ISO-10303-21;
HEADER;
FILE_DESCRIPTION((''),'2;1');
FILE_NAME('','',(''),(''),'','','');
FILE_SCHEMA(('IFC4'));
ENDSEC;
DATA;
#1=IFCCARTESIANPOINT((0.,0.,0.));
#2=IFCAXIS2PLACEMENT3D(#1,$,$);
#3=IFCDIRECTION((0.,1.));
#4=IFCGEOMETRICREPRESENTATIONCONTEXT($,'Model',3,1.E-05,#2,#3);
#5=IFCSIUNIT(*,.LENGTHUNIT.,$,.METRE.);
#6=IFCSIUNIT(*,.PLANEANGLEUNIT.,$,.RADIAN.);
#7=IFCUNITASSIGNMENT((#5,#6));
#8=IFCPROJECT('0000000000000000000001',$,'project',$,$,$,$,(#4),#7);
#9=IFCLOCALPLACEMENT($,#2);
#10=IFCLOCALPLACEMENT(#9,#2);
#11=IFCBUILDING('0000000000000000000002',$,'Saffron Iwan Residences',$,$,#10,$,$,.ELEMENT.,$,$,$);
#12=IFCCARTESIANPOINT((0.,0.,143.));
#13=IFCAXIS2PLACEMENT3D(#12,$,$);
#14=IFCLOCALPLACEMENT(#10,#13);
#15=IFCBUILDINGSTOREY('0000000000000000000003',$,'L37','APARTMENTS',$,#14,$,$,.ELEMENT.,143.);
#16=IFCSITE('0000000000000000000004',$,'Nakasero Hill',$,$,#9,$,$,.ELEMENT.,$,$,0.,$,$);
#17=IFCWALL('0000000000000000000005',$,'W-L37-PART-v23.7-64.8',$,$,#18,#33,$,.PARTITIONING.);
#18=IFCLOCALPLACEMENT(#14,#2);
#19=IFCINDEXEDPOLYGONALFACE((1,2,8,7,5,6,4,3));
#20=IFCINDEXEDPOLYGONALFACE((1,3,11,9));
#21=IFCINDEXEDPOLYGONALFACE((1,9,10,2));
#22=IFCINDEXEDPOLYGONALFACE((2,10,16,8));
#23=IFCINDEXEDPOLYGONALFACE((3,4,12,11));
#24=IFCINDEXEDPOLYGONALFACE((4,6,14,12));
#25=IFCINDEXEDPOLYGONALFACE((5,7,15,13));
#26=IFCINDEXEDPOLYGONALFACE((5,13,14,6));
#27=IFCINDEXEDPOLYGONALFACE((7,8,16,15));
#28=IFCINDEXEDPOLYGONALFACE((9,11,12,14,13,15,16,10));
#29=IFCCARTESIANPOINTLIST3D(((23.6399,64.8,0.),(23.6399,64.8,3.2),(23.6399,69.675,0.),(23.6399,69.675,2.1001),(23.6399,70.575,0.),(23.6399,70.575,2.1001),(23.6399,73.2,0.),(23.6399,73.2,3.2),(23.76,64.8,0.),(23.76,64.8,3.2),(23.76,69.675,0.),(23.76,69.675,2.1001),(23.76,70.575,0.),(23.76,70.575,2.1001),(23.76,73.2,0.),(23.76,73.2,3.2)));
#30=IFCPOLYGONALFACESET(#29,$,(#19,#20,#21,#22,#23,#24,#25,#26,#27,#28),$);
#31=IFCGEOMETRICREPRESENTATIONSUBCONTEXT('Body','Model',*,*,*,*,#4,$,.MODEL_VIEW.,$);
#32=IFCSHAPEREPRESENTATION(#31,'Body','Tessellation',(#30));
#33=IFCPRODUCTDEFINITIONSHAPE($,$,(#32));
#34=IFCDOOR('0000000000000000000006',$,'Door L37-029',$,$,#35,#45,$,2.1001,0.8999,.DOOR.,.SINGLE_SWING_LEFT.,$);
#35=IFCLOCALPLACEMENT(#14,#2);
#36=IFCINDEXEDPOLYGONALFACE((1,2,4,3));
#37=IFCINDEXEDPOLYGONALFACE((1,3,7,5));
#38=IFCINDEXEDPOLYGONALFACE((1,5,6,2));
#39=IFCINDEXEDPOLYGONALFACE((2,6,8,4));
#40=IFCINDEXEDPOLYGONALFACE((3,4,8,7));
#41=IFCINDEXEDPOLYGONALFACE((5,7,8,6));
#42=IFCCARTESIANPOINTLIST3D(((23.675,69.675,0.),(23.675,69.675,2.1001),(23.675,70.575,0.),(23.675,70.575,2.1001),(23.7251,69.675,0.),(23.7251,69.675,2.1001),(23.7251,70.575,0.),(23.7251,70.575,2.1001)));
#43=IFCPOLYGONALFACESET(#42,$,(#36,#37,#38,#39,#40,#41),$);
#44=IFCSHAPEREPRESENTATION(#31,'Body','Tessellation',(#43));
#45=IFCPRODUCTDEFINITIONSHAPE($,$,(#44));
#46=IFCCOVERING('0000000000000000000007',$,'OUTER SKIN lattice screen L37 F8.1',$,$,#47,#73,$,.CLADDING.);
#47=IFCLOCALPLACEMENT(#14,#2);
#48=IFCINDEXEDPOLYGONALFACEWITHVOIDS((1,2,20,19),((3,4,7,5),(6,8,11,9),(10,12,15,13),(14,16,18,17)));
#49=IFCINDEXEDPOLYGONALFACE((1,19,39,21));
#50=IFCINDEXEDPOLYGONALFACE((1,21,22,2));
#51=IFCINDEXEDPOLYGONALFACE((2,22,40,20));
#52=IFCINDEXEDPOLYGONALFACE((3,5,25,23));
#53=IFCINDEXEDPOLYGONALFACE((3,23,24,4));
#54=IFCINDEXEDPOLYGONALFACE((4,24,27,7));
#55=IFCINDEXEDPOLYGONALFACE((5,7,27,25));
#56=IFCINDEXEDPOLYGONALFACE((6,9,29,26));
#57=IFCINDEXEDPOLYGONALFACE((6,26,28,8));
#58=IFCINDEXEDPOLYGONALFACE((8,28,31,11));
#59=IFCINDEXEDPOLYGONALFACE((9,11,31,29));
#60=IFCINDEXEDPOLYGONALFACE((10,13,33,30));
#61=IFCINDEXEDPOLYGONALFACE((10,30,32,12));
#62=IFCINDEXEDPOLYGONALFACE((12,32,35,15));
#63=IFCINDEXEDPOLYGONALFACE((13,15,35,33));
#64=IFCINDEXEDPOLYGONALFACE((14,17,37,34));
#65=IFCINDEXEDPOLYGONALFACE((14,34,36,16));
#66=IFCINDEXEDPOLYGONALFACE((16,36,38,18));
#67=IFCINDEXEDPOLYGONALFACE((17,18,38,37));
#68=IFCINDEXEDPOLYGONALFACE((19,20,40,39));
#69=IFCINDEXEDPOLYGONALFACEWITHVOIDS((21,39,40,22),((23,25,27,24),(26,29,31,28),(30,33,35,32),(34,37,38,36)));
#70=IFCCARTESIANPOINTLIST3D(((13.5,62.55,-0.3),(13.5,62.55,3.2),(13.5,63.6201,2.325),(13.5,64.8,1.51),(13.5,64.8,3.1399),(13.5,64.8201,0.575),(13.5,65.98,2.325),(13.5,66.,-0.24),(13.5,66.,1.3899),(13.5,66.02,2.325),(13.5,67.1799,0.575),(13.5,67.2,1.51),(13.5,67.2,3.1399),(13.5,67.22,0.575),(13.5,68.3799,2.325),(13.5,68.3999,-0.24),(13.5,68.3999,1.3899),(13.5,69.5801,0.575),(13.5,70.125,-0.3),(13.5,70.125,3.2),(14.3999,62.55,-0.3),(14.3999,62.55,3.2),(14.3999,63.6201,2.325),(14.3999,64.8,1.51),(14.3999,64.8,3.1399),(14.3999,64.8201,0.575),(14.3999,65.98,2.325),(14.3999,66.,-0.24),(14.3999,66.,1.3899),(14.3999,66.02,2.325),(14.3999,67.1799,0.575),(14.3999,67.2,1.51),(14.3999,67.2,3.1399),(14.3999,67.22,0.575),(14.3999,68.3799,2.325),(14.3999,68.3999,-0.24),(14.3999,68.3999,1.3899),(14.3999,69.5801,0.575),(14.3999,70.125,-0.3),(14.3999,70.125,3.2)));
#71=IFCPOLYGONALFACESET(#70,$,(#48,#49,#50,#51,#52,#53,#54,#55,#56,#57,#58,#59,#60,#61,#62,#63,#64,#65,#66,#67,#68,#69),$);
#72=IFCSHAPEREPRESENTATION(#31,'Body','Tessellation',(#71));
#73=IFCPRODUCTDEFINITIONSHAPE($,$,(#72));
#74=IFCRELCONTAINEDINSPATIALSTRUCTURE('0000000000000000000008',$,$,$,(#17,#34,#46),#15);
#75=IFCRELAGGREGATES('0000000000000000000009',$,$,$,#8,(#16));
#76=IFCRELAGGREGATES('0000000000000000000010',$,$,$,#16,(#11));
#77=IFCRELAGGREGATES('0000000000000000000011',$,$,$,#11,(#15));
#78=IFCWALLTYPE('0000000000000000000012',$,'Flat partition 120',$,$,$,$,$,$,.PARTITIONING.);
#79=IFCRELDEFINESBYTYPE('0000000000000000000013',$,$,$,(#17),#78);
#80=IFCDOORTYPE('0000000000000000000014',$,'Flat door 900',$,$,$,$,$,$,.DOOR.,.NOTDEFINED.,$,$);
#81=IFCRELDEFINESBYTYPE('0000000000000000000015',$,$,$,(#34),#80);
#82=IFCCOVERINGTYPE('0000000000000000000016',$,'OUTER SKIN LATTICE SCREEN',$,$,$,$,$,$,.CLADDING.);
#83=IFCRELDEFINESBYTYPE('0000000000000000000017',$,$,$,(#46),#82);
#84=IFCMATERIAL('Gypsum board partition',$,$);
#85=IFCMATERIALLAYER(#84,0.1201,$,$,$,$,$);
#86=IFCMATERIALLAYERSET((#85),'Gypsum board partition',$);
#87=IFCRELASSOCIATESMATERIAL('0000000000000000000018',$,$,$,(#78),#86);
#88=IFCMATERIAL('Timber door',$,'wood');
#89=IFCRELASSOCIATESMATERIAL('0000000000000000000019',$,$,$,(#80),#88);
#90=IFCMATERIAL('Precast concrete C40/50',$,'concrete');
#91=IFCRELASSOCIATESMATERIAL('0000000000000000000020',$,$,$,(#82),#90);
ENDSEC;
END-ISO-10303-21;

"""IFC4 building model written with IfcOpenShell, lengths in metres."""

from ifc_helpers import new_model, si_unit, direction, frame, frame_2d, origin, place, context, subcontext, project, spatial, polyline, rectangle, outline, extrude, material, layer, layer_set, type_object, element, fill, save


model = new_model("IFC4")

# Units and contexts
model_context = context("Model", 3, precision=1e-05, world=origin(), true_north=direction((0.0, 1.0)))
body_context = subcontext(model_context, "Body", "Model", "MODEL_VIEW")
ifc_project = project(units=[si_unit("LENGTHUNIT", "METRE"), si_unit("PLANEANGLEUNIT", "RADIAN")], contexts=[model_context])

# Site, building, storey
site_placement = place(None, origin())
site = spatial("IfcSite", under=ifc_project, at=site_placement, Name="Nakasero Hill", CompositionType="ELEMENT", RefElevation=0.0)
building_placement = place(site_placement, origin())
building = spatial("IfcBuilding", under=site, at=building_placement, Name="Saffron Iwan Residences", CompositionType="ELEMENT")
storey_placement = place(building_placement, frame((0.0, 0.0, 143.0)))
storey = spatial("IfcBuildingStorey", under=building, at=storey_placement, Name="L37", Description="APARTMENTS", CompositionType="ELEMENT", Elevation=143.0)

# Shared definitions
ifc_material_1 = material(Name="Gypsum board partition")
ifc_layer = layer(ifc_material_1, 0.1201)
ifc_layer_set = layer_set([ifc_layer], Name="Gypsum board partition")
wall_type = type_object("IfcWallType", Name="Flat partition 120", PredefinedType="PARTITIONING", material=ifc_layer_set)
ifc_material_2 = material(Name="Timber door", Category="wood")
door_type_1 = type_object("IfcDoorType", Name="Flat door 900", OperationType="NOTDEFINED", PredefinedType="DOOR", material=ifc_material_2)

# Wall, opening, door
wall_1_placement = place(storey_placement, frame((23.7, 64.8, 0.0), z_axis=(0.0, 0.0, 1.0), x_axis=(0.0, 1.0, 0.0)))
wall_1 = element("IfcWall", 1, at=wall_1_placement, inside=storey, type_object=wall_type, Name="W-L37-PART-v23.7-64.8", PredefinedType="PARTITIONING", context=body_context, shape_type="SweptSolid", body=[
    extrude(rectangle(XDim=8.3999, YDim=0.1201, at=frame_2d((4.2, 0.0))), origin(), (0.0, 0.0, 1.0), 3.2),
])
opening_1_placement = place(wall_1_placement, frame((4.875, 0.0, 0.0)))
opening_1 = element("IfcOpeningElement", 2, at=opening_1_placement, cuts=wall_1, PredefinedType="OPENING", context=body_context, shape_type="SweptSolid", body=[
    extrude(rectangle(XDim=0.8999, YDim=2.1001, at=frame_2d((0.45, 1.05))), frame((0.0, 0.0701, 0.0), z_axis=(0.0, -1.0, 0.0), x_axis=(1.0, 0.0, 0.0)), (0.0, 0.0, 1.0), 0.1401),
])
door_1_placement = place(opening_1_placement, origin())
door_1 = element("IfcDoor", 3, at=door_1_placement, inside=storey, type_object=door_type_1, Name="Door L37-029", OperationType="SINGLE_SWING_LEFT", OverallHeight=2.1001, OverallWidth=0.8999, PredefinedType="DOOR", context=body_context, shape_type="SweptSolid", body=[
    extrude(rectangle(XDim=0.8999, YDim=2.1001, at=frame_2d((0.45, 1.05))), frame((0.0, 0.0249, 0.0), z_axis=(0.0, -1.0, 0.0), x_axis=(1.0, 0.0, 0.0)), (0.0, 0.0, 1.0), 0.05),
])
fill(opening_1, door_1)

# Covering
ifc_material_3 = material(Name="Precast concrete C40/50", Category="concrete")
covering_type = type_object("IfcCoveringType", Name="OUTER SKIN LATTICE SCREEN", PredefinedType="CLADDING", material=ifc_material_3)
covering_placement = place(storey_placement, frame((14.3999, 70.125, -0.3), z_axis=(-1.0, 0.0, 0.0), x_axis=(0.0, -1.0, 0.0)))
element("IfcCovering", 4, at=covering_placement, inside=storey, type_object=covering_type, Name="OUTER SKIN lattice screen L37 F8.1", PredefinedType="CLADDING", context=body_context, shape_type="SweptSolid", body=[
    extrude(outline(polyline([(0.0, 0.0), (7.575, 0.0), (7.575, 3.5), (0.0, 3.5), (0.0, 0.0)]), holes=[polyline([(0.5449, 0.875), (1.7251, 0.0601), (2.905, 0.875), (1.7251, 1.6899), (0.5449, 0.875)]), polyline([(2.9451, 0.875), (4.125, 0.0601), (5.3049, 0.875), (4.125, 1.6899), (2.9451, 0.875)]), polyline([(1.7451, 2.625), (2.925, 1.8101), (4.105, 2.625), (2.925, 3.4399), (1.7451, 2.625)]), polyline([(4.145, 2.625), (5.325, 1.8101), (6.5049, 2.625), (5.325, 3.4399), (4.145, 2.625)])]), origin(), (0.0, 0.0, 1.0), 0.8999),
])

save(model, "model.ifc")
